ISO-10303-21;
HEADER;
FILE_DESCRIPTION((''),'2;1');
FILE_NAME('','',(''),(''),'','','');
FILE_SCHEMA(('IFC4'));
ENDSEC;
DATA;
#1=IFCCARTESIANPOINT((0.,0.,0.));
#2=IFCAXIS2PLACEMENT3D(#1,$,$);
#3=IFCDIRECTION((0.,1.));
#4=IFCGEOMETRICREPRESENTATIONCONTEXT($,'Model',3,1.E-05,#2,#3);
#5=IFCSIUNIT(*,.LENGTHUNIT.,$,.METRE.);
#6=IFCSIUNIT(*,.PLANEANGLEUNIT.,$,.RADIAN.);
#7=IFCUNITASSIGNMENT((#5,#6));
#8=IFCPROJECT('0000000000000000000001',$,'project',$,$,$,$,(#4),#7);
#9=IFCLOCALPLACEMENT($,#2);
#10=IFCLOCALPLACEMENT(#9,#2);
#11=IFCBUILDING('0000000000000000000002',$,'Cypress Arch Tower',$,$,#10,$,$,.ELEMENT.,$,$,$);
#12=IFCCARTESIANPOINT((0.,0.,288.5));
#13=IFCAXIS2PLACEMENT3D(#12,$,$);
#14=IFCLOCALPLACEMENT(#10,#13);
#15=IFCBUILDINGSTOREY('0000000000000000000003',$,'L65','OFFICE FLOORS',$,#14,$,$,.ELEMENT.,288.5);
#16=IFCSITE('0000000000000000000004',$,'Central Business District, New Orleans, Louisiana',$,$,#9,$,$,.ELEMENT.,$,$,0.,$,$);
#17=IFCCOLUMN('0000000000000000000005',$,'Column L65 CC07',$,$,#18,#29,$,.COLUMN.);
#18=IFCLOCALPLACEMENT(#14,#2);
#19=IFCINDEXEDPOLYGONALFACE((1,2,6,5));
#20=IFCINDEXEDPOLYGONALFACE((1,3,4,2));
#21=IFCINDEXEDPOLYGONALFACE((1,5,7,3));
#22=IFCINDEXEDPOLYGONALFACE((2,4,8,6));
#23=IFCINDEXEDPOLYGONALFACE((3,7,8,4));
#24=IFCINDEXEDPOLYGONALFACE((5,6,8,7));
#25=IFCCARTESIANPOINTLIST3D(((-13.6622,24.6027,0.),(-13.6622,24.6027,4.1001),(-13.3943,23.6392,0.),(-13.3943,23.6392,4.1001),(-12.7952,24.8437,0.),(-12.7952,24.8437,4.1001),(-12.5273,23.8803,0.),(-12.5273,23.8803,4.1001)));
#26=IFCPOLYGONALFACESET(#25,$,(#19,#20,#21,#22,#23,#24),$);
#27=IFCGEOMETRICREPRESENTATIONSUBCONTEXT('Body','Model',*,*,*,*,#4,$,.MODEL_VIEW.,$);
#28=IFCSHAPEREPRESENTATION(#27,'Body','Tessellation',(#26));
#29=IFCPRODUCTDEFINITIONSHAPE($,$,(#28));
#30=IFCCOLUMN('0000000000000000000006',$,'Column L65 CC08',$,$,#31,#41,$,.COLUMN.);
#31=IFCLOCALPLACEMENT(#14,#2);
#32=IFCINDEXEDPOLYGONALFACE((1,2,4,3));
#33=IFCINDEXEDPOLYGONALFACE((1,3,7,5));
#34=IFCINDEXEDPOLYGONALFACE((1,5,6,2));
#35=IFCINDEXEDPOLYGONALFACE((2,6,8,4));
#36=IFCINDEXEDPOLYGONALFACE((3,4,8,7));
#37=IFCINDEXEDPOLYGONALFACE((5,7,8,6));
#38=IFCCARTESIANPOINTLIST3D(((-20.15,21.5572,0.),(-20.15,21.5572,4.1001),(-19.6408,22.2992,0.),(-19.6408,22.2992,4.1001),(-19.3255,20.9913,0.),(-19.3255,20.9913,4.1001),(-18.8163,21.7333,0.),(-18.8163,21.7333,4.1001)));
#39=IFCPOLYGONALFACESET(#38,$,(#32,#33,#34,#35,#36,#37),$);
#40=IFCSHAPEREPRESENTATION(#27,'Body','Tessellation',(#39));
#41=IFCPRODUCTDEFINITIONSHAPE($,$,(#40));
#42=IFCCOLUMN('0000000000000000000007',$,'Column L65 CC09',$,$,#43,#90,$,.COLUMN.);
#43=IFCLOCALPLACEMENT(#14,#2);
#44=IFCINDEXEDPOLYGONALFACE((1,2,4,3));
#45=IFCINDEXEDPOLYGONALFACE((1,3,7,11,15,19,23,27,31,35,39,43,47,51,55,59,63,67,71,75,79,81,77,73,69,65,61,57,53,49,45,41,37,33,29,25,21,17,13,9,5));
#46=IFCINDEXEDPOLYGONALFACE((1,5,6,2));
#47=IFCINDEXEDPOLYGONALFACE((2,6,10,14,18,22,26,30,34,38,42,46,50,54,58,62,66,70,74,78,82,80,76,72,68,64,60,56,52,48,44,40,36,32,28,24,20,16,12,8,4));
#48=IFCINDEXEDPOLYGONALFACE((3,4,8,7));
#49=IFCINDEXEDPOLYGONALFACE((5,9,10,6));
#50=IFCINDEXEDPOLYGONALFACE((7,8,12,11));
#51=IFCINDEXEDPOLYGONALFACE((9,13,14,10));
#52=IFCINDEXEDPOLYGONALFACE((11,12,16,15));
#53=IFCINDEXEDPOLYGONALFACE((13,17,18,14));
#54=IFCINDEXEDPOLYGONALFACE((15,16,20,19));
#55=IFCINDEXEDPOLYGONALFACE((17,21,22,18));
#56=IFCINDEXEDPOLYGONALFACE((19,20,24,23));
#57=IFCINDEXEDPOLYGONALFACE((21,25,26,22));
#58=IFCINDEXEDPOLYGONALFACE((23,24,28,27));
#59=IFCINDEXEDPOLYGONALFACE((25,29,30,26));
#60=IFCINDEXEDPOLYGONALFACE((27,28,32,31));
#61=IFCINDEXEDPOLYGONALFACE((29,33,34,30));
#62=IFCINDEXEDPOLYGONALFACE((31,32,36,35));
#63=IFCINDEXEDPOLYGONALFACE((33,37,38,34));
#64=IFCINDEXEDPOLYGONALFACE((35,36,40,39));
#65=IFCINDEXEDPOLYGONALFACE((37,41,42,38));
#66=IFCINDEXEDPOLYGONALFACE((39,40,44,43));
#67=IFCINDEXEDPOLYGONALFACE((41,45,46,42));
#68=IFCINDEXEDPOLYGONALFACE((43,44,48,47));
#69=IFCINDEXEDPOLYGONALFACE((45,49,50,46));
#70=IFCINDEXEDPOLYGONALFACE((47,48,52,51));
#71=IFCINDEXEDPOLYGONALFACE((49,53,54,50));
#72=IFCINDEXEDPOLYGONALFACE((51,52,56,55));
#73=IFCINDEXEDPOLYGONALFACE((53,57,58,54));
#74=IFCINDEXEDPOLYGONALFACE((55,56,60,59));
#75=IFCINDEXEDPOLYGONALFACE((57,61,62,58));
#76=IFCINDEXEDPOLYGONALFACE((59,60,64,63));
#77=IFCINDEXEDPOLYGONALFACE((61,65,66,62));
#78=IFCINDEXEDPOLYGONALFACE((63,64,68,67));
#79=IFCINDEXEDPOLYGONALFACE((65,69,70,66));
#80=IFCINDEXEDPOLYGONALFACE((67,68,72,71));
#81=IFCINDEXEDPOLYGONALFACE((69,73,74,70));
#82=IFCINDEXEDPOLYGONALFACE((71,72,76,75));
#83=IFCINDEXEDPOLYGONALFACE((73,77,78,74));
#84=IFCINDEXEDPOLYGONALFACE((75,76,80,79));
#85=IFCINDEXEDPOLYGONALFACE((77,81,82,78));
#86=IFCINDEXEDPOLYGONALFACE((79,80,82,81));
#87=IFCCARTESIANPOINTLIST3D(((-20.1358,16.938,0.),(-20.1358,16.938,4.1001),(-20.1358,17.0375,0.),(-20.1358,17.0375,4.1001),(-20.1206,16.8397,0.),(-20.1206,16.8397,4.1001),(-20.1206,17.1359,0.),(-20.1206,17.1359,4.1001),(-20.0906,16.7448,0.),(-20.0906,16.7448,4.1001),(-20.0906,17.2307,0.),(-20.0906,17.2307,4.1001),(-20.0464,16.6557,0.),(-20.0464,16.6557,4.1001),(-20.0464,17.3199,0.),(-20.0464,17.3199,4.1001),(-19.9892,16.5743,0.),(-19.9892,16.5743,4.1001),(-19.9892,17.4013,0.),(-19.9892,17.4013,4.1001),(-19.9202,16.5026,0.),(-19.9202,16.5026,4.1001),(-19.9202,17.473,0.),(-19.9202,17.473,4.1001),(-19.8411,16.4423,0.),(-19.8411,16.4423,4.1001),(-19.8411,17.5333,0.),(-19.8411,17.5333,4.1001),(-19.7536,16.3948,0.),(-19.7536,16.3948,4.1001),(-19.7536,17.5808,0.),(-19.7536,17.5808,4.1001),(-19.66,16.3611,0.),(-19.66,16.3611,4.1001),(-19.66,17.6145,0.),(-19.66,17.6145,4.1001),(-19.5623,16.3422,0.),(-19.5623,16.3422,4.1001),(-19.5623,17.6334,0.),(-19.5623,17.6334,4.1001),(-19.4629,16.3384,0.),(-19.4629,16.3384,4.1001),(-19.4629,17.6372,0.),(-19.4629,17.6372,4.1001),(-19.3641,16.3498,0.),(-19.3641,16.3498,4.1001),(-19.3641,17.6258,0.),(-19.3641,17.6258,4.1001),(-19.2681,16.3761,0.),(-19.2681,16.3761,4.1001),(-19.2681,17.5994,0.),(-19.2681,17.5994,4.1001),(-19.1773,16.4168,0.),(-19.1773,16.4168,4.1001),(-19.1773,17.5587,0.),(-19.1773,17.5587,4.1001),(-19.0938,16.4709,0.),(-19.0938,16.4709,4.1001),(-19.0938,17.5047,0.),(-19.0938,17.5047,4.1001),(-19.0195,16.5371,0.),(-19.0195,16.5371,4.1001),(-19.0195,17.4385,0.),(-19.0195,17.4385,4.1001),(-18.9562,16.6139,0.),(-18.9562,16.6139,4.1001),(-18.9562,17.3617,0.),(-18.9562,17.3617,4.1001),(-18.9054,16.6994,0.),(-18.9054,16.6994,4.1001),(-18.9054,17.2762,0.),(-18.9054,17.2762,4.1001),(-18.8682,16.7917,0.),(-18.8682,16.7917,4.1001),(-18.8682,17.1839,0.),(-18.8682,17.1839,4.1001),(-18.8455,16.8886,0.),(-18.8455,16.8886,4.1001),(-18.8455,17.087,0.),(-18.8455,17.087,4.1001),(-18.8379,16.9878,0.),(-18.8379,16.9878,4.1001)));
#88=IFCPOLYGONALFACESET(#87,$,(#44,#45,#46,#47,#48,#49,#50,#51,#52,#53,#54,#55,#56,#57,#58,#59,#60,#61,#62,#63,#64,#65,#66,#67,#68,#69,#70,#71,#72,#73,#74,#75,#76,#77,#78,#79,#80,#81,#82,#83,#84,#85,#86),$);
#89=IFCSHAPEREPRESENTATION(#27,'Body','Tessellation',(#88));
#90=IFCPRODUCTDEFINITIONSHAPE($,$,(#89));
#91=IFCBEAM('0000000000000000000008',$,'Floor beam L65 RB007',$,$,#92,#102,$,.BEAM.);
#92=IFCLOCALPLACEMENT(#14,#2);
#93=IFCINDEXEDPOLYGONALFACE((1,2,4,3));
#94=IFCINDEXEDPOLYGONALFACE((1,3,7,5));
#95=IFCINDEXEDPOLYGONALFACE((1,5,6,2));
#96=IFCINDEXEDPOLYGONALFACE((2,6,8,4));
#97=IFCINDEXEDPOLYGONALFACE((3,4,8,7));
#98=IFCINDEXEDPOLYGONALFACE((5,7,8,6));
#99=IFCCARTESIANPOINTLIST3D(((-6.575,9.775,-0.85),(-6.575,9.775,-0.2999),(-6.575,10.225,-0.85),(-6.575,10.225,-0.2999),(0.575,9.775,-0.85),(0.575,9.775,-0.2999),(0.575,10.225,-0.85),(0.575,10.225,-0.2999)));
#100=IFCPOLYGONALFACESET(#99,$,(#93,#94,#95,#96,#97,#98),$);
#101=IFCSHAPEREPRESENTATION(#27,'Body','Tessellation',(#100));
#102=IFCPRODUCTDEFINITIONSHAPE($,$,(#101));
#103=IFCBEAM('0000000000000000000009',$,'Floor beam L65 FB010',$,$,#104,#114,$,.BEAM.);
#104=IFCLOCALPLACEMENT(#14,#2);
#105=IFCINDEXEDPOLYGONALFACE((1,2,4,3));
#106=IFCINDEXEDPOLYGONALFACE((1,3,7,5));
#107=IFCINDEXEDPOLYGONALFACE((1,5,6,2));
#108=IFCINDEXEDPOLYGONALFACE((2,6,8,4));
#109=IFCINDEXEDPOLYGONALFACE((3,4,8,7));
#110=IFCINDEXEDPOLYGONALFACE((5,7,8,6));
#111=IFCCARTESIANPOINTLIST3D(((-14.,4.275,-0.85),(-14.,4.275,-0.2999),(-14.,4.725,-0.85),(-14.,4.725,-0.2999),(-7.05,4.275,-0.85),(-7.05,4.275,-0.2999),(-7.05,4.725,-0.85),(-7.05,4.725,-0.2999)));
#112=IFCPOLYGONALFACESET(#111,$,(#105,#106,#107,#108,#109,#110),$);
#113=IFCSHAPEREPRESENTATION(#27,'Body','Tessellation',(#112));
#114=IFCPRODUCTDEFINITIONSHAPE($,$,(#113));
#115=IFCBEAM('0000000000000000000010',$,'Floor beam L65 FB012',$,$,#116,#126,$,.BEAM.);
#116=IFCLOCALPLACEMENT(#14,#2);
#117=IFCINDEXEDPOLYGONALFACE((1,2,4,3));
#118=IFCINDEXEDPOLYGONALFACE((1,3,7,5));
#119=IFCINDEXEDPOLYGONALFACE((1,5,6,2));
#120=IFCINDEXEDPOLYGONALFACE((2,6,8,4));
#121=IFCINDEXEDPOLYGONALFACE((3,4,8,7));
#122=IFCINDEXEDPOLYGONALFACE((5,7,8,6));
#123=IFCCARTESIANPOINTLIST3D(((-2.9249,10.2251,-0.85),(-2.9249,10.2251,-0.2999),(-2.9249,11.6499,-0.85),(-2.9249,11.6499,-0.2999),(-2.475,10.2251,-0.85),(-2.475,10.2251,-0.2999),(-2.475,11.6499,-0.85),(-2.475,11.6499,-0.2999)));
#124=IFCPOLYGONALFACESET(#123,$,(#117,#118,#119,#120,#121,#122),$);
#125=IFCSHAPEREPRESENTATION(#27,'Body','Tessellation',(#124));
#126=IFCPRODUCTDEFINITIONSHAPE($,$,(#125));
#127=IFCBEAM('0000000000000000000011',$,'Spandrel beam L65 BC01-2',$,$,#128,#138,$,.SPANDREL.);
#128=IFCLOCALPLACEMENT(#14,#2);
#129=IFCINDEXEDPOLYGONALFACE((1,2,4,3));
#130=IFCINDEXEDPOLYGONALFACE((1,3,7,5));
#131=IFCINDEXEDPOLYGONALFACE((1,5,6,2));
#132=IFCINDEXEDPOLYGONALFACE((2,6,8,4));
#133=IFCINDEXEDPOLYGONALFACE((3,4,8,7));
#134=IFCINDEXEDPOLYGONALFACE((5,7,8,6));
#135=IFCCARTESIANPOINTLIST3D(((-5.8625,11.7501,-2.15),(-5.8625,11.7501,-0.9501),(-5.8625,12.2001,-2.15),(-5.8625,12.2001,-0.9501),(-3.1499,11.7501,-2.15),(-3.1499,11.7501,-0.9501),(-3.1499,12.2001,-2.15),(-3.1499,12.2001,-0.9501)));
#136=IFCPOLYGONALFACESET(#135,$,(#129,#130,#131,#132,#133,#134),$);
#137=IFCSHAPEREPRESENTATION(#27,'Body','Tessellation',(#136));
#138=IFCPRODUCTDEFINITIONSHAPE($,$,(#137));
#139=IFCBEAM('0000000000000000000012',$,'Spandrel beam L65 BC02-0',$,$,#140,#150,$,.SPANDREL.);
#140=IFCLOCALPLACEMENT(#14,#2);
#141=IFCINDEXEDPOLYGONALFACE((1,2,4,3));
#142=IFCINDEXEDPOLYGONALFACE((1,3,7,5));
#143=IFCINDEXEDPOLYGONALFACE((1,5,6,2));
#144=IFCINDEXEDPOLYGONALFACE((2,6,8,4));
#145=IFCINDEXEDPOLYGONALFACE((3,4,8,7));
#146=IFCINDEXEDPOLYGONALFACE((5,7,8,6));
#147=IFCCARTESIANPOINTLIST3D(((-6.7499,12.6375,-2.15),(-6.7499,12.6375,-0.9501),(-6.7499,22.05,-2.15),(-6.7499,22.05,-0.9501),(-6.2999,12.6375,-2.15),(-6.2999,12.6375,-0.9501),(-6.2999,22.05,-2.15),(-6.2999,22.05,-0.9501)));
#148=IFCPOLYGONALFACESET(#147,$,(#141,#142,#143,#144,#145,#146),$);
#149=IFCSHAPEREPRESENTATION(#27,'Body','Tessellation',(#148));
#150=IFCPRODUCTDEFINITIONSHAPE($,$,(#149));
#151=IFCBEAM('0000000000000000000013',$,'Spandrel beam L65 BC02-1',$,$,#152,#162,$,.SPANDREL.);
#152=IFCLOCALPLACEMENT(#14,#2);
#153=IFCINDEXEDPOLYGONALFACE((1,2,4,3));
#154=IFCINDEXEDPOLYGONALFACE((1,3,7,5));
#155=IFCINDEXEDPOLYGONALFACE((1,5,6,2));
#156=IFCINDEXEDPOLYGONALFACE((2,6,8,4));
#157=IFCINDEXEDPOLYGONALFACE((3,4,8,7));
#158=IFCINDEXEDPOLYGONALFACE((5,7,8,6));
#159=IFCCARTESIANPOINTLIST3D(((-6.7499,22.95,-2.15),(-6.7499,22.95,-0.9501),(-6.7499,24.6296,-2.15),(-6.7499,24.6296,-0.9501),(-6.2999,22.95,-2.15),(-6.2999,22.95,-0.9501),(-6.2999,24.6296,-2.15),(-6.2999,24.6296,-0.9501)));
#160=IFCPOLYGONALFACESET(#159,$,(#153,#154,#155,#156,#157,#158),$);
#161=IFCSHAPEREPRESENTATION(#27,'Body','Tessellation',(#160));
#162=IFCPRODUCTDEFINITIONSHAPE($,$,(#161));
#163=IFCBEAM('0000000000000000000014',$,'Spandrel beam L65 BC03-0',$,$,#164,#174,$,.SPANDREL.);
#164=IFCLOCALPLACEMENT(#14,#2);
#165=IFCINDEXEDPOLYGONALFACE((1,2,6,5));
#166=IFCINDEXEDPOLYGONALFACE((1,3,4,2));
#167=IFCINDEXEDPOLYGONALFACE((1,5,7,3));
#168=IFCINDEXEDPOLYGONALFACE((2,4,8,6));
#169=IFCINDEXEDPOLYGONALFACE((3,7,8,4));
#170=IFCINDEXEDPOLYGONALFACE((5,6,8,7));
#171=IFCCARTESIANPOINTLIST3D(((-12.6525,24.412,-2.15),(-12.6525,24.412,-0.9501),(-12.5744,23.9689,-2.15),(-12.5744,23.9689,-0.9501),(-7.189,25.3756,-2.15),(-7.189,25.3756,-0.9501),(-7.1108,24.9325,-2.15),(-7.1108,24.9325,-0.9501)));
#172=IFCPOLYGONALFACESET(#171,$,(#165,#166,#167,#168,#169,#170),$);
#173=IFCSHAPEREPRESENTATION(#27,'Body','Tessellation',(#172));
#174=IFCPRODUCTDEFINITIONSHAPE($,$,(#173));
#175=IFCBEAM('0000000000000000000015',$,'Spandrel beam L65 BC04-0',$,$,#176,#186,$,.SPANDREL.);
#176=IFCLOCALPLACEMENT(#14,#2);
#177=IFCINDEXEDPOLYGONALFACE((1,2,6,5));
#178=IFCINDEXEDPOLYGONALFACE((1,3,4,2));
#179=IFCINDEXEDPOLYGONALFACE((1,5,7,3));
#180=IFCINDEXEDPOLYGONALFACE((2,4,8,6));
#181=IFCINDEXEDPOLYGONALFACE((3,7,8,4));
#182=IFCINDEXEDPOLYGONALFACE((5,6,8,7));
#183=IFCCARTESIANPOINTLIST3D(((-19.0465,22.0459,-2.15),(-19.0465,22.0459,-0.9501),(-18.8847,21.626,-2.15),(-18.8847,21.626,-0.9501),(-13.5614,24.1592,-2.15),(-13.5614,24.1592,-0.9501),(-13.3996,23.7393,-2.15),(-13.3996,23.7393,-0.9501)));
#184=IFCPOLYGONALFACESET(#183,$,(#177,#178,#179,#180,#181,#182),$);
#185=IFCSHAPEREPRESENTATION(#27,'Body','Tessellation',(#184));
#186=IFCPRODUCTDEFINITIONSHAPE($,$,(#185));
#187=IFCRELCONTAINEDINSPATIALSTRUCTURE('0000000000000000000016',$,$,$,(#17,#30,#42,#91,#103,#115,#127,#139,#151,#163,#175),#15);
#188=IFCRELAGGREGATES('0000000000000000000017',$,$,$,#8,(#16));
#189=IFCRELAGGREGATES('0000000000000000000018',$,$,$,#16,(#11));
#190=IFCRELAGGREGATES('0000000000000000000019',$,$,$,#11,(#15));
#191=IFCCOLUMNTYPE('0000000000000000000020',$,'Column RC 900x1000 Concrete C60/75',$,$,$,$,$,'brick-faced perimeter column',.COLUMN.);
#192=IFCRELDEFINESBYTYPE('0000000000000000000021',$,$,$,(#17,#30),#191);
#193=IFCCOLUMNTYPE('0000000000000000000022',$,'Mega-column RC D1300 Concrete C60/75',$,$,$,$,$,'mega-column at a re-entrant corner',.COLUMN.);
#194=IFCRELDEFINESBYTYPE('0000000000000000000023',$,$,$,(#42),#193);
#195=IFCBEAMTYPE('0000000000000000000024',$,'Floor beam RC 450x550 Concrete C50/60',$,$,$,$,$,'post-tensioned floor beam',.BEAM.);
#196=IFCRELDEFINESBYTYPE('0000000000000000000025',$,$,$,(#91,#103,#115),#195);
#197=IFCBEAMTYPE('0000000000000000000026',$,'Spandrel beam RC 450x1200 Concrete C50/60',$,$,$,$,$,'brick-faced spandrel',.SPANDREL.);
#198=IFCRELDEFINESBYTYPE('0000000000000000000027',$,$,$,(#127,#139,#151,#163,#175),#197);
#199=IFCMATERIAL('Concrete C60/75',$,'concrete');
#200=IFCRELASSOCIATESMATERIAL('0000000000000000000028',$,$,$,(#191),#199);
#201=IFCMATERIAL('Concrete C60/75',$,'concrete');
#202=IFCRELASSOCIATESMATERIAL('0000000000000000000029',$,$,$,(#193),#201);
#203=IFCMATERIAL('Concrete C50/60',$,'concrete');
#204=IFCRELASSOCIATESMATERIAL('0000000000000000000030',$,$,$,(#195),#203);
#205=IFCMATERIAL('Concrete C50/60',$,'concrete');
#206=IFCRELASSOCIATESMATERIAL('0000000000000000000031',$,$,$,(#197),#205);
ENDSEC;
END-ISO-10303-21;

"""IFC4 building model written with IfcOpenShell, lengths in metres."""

from ifc_helpers import new_model, si_unit, direction, frame, origin, origin_2d, place, context, subcontext, project, spatial, rectangle, circle, extrude, material, material_profile, profile_set, type_object, element, save


model = new_model("IFC4")

# Units and contexts
model_context = context("Model", 3, precision=1e-05, world=origin(), true_north=direction((0.0, 1.0)))
body_context = subcontext(model_context, "Body", "Model", "MODEL_VIEW")
ifc_project = project(units=[si_unit("LENGTHUNIT", "METRE"), si_unit("PLANEANGLEUNIT", "RADIAN")], contexts=[model_context])

# Site, building, storey
site_placement = place(None, origin())
site = spatial("IfcSite", under=ifc_project, at=site_placement, Name="Central Business District, New Orleans, Louisiana", CompositionType="ELEMENT", RefElevation=0.0)
building_placement = place(site_placement, origin())
building = spatial("IfcBuilding", under=site, at=building_placement, Name="Cypress Arch Tower", CompositionType="ELEMENT")
storey_placement = place(building_placement, frame((0.0, 0.0, 288.5)))
storey = spatial("IfcBuildingStorey", under=building, at=storey_placement, Name="L65", Description="OFFICE FLOORS", CompositionType="ELEMENT", Elevation=288.5)

# Columns
ifc_material_1 = material(Name="Concrete C60/75", Category="concrete")
ifc_material_profile_1 = material_profile(ifc_material_1, rectangle(XDim=0.8999, YDim=1.0, at=origin_2d()), Name="RC 900x1000")
ifc_profile_set_1 = profile_set([ifc_material_profile_1], Name="Concrete C60/75")
column_type_1 = type_object("IfcColumnType", Name="Column RC 900x1000 Concrete C60/75", ElementType="brick-faced perimeter column", PredefinedType="COLUMN", material=ifc_profile_set_1)
for number, where, z_axis, x_axis, name in (
    (1, (-13.0947, 24.2415, 0.0), (0.0, 0.0, 1.0), (-0.963456, -0.267868, 0.0), "Column L65 CC07"),
    (2, (-19.4832, 21.6453, 0.0), (0.0, 0.0, 1.0), (-0.565893, -0.824479, 0.0), "Column L65 CC08"),
):
    element("IfcColumn", number, at=place(storey_placement, frame(where, z_axis=z_axis, x_axis=x_axis)), inside=storey, type_object=column_type_1, Name=name, PredefinedType="COLUMN", context=body_context, shape_type="SweptSolid", body=[
        extrude(rectangle(XDim=0.8999, YDim=1.0, at=origin_2d()), origin(), (0.0, 0.0, 1.0), 4.1001),
    ])
ifc_material_2 = material(Name="Concrete C60/75", Category="concrete")
ifc_material_profile_2 = material_profile(ifc_material_2, circle(Radius=0.6499, at=origin_2d()), Name="RC D1300")
ifc_profile_set_2 = profile_set([ifc_material_profile_2], Name="Concrete C60/75")
column_type_2 = type_object("IfcColumnType", Name="Mega-column RC D1300 Concrete C60/75", ElementType="mega-column at a re-entrant corner", PredefinedType="COLUMN", material=ifc_profile_set_2)
column_placement = place(storey_placement, frame((-19.4878, 16.9878, 0.0), z_axis=(0.0, 0.0, 1.0), x_axis=(1.0, 0.0, 0.0)))
element("IfcColumn", 3, at=column_placement, inside=storey, type_object=column_type_2, Name="Column L65 CC09", PredefinedType="COLUMN", context=body_context, shape_type="SweptSolid", body=[
    extrude(circle(Radius=0.6499, at=origin_2d()), origin(), (0.0, 0.0, 1.0), 4.1001),
])

# Beams
ifc_material_3 = material(Name="Concrete C50/60", Category="concrete")
ifc_material_profile_3 = material_profile(ifc_material_3, rectangle(XDim=0.45, YDim=0.55, at=origin_2d()), Name="RC 450x550")
ifc_profile_set_3 = profile_set([ifc_material_profile_3], Name="Concrete C50/60")
beam_type_1 = type_object("IfcBeamType", Name="Floor beam RC 450x550 Concrete C50/60", ElementType="post-tensioned floor beam", PredefinedType="BEAM", material=ifc_profile_set_3)
beam_1_placement = place(storey_placement, frame((-6.575, 10.0, -0.575), z_axis=(1.0, 0.0, 0.0), x_axis=(0.0, 1.0, 0.0)))
element("IfcBeam", 4, at=beam_1_placement, inside=storey, type_object=beam_type_1, Name="Floor beam L65 RB007", PredefinedType="BEAM", context=body_context, shape_type="SweptSolid", body=[
    extrude(rectangle(XDim=0.45, YDim=0.55, at=origin_2d()), origin(), (0.0, 0.0, 1.0), 7.1499),
])
beam_2_placement = place(storey_placement, frame((-14.0, 4.5, -0.575), z_axis=(1.0, 0.0, 0.0), x_axis=(0.0, 1.0, 0.0)))
element("IfcBeam", 5, at=beam_2_placement, inside=storey, type_object=beam_type_1, Name="Floor beam L65 FB010", PredefinedType="BEAM", context=body_context, shape_type="SweptSolid", body=[
    extrude(rectangle(XDim=0.45, YDim=0.55, at=origin_2d()), origin(), (0.0, 0.0, 1.0), 6.95),
])
beam_3_placement = place(storey_placement, frame((-2.7, 10.2251, -0.575), z_axis=(0.0, 1.0, 0.0), x_axis=(-1.0, 0.0, 0.0)))
element("IfcBeam", 6, at=beam_3_placement, inside=storey, type_object=beam_type_1, Name="Floor beam L65 FB012", PredefinedType="BEAM", context=body_context, shape_type="SweptSolid", body=[
    extrude(rectangle(XDim=0.45, YDim=0.55, at=origin_2d()), origin(), (0.0, 0.0, 1.0), 1.4248),
])
ifc_material_4 = material(Name="Concrete C50/60", Category="concrete")
ifc_material_profile_4 = material_profile(ifc_material_4, rectangle(XDim=0.45, YDim=1.2, at=origin_2d()), Name="RC 450x1200")
ifc_profile_set_4 = profile_set([ifc_material_profile_4], Name="Concrete C50/60")
beam_type_2 = type_object("IfcBeamType", Name="Spandrel beam RC 450x1200 Concrete C50/60", ElementType="brick-faced spandrel", PredefinedType="SPANDREL", material=ifc_profile_set_4)
beam_4_placement = place(storey_placement, frame((-3.1499, 11.9751, -1.55), z_axis=(-1.0, 0.0, 0.0), x_axis=(0.0, -1.0, 0.0)))
element("IfcBeam", 7, at=beam_4_placement, inside=storey, type_object=beam_type_2, Name="Spandrel beam L65 BC01-2", PredefinedType="SPANDREL", context=body_context, shape_type="SweptSolid", body=[
    extrude(rectangle(XDim=0.45, YDim=1.2, at=origin_2d()), origin(), (0.0, 0.0, 1.0), 2.7126),
])
beam_5_placement = place(storey_placement, frame((-6.5249, 12.6375, -1.55), z_axis=(0.0, 1.0, 0.0), x_axis=(-1.0, 0.0, 0.0)))
element("IfcBeam", 8, at=beam_5_placement, inside=storey, type_object=beam_type_2, Name="Spandrel beam L65 BC02-0", PredefinedType="SPANDREL", context=body_context, shape_type="SweptSolid", body=[
    extrude(rectangle(XDim=0.45, YDim=1.2, at=origin_2d()), origin(), (0.0, 0.0, 1.0), 9.4126),
])
beam_6_placement = place(storey_placement, frame((-6.5249, 22.95, -1.55), z_axis=(0.0, 1.0, 0.0), x_axis=(-1.0, 0.0, 0.0)))
element("IfcBeam", 9, at=beam_6_placement, inside=storey, type_object=beam_type_2, Name="Spandrel beam L65 BC02-1", PredefinedType="SPANDREL", context=body_context, shape_type="SweptSolid", body=[
    extrude(rectangle(XDim=0.45, YDim=1.2, at=origin_2d()), origin(), (0.0, 0.0, 1.0), 1.6797),
])
beam_7_placement = place(storey_placement, frame((-7.1499, 25.1541, -1.55), z_axis=(-0.9848, -0.17369, 0.0), x_axis=(0.17369, -0.9848, 0.0)))
element("IfcBeam", 10, at=beam_7_placement, inside=storey, type_object=beam_type_2, Name="Spandrel beam L65 BC03-0", PredefinedType="SPANDREL", context=body_context, shape_type="SweptSolid", body=[
    extrude(rectangle(XDim=0.45, YDim=1.2, at=origin_2d()), origin(), (0.0, 0.0, 1.0), 5.5479),
])
beam_8_placement = place(storey_placement, frame((-13.4805, 23.9492, -1.55), z_axis=(-0.933139, -0.359516, 0.0), x_axis=(0.359516, -0.933139, 0.0)))
element("IfcBeam", 11, at=beam_8_placement, inside=storey, type_object=beam_type_2, Name="Spandrel beam L65 BC04-0", PredefinedType="SPANDREL", context=body_context, shape_type="SweptSolid", body=[
    extrude(rectangle(XDim=0.45, YDim=1.2, at=origin_2d()), origin(), (0.0, 0.0, 1.0), 5.8782),
])

save(model, "model.ifc")
